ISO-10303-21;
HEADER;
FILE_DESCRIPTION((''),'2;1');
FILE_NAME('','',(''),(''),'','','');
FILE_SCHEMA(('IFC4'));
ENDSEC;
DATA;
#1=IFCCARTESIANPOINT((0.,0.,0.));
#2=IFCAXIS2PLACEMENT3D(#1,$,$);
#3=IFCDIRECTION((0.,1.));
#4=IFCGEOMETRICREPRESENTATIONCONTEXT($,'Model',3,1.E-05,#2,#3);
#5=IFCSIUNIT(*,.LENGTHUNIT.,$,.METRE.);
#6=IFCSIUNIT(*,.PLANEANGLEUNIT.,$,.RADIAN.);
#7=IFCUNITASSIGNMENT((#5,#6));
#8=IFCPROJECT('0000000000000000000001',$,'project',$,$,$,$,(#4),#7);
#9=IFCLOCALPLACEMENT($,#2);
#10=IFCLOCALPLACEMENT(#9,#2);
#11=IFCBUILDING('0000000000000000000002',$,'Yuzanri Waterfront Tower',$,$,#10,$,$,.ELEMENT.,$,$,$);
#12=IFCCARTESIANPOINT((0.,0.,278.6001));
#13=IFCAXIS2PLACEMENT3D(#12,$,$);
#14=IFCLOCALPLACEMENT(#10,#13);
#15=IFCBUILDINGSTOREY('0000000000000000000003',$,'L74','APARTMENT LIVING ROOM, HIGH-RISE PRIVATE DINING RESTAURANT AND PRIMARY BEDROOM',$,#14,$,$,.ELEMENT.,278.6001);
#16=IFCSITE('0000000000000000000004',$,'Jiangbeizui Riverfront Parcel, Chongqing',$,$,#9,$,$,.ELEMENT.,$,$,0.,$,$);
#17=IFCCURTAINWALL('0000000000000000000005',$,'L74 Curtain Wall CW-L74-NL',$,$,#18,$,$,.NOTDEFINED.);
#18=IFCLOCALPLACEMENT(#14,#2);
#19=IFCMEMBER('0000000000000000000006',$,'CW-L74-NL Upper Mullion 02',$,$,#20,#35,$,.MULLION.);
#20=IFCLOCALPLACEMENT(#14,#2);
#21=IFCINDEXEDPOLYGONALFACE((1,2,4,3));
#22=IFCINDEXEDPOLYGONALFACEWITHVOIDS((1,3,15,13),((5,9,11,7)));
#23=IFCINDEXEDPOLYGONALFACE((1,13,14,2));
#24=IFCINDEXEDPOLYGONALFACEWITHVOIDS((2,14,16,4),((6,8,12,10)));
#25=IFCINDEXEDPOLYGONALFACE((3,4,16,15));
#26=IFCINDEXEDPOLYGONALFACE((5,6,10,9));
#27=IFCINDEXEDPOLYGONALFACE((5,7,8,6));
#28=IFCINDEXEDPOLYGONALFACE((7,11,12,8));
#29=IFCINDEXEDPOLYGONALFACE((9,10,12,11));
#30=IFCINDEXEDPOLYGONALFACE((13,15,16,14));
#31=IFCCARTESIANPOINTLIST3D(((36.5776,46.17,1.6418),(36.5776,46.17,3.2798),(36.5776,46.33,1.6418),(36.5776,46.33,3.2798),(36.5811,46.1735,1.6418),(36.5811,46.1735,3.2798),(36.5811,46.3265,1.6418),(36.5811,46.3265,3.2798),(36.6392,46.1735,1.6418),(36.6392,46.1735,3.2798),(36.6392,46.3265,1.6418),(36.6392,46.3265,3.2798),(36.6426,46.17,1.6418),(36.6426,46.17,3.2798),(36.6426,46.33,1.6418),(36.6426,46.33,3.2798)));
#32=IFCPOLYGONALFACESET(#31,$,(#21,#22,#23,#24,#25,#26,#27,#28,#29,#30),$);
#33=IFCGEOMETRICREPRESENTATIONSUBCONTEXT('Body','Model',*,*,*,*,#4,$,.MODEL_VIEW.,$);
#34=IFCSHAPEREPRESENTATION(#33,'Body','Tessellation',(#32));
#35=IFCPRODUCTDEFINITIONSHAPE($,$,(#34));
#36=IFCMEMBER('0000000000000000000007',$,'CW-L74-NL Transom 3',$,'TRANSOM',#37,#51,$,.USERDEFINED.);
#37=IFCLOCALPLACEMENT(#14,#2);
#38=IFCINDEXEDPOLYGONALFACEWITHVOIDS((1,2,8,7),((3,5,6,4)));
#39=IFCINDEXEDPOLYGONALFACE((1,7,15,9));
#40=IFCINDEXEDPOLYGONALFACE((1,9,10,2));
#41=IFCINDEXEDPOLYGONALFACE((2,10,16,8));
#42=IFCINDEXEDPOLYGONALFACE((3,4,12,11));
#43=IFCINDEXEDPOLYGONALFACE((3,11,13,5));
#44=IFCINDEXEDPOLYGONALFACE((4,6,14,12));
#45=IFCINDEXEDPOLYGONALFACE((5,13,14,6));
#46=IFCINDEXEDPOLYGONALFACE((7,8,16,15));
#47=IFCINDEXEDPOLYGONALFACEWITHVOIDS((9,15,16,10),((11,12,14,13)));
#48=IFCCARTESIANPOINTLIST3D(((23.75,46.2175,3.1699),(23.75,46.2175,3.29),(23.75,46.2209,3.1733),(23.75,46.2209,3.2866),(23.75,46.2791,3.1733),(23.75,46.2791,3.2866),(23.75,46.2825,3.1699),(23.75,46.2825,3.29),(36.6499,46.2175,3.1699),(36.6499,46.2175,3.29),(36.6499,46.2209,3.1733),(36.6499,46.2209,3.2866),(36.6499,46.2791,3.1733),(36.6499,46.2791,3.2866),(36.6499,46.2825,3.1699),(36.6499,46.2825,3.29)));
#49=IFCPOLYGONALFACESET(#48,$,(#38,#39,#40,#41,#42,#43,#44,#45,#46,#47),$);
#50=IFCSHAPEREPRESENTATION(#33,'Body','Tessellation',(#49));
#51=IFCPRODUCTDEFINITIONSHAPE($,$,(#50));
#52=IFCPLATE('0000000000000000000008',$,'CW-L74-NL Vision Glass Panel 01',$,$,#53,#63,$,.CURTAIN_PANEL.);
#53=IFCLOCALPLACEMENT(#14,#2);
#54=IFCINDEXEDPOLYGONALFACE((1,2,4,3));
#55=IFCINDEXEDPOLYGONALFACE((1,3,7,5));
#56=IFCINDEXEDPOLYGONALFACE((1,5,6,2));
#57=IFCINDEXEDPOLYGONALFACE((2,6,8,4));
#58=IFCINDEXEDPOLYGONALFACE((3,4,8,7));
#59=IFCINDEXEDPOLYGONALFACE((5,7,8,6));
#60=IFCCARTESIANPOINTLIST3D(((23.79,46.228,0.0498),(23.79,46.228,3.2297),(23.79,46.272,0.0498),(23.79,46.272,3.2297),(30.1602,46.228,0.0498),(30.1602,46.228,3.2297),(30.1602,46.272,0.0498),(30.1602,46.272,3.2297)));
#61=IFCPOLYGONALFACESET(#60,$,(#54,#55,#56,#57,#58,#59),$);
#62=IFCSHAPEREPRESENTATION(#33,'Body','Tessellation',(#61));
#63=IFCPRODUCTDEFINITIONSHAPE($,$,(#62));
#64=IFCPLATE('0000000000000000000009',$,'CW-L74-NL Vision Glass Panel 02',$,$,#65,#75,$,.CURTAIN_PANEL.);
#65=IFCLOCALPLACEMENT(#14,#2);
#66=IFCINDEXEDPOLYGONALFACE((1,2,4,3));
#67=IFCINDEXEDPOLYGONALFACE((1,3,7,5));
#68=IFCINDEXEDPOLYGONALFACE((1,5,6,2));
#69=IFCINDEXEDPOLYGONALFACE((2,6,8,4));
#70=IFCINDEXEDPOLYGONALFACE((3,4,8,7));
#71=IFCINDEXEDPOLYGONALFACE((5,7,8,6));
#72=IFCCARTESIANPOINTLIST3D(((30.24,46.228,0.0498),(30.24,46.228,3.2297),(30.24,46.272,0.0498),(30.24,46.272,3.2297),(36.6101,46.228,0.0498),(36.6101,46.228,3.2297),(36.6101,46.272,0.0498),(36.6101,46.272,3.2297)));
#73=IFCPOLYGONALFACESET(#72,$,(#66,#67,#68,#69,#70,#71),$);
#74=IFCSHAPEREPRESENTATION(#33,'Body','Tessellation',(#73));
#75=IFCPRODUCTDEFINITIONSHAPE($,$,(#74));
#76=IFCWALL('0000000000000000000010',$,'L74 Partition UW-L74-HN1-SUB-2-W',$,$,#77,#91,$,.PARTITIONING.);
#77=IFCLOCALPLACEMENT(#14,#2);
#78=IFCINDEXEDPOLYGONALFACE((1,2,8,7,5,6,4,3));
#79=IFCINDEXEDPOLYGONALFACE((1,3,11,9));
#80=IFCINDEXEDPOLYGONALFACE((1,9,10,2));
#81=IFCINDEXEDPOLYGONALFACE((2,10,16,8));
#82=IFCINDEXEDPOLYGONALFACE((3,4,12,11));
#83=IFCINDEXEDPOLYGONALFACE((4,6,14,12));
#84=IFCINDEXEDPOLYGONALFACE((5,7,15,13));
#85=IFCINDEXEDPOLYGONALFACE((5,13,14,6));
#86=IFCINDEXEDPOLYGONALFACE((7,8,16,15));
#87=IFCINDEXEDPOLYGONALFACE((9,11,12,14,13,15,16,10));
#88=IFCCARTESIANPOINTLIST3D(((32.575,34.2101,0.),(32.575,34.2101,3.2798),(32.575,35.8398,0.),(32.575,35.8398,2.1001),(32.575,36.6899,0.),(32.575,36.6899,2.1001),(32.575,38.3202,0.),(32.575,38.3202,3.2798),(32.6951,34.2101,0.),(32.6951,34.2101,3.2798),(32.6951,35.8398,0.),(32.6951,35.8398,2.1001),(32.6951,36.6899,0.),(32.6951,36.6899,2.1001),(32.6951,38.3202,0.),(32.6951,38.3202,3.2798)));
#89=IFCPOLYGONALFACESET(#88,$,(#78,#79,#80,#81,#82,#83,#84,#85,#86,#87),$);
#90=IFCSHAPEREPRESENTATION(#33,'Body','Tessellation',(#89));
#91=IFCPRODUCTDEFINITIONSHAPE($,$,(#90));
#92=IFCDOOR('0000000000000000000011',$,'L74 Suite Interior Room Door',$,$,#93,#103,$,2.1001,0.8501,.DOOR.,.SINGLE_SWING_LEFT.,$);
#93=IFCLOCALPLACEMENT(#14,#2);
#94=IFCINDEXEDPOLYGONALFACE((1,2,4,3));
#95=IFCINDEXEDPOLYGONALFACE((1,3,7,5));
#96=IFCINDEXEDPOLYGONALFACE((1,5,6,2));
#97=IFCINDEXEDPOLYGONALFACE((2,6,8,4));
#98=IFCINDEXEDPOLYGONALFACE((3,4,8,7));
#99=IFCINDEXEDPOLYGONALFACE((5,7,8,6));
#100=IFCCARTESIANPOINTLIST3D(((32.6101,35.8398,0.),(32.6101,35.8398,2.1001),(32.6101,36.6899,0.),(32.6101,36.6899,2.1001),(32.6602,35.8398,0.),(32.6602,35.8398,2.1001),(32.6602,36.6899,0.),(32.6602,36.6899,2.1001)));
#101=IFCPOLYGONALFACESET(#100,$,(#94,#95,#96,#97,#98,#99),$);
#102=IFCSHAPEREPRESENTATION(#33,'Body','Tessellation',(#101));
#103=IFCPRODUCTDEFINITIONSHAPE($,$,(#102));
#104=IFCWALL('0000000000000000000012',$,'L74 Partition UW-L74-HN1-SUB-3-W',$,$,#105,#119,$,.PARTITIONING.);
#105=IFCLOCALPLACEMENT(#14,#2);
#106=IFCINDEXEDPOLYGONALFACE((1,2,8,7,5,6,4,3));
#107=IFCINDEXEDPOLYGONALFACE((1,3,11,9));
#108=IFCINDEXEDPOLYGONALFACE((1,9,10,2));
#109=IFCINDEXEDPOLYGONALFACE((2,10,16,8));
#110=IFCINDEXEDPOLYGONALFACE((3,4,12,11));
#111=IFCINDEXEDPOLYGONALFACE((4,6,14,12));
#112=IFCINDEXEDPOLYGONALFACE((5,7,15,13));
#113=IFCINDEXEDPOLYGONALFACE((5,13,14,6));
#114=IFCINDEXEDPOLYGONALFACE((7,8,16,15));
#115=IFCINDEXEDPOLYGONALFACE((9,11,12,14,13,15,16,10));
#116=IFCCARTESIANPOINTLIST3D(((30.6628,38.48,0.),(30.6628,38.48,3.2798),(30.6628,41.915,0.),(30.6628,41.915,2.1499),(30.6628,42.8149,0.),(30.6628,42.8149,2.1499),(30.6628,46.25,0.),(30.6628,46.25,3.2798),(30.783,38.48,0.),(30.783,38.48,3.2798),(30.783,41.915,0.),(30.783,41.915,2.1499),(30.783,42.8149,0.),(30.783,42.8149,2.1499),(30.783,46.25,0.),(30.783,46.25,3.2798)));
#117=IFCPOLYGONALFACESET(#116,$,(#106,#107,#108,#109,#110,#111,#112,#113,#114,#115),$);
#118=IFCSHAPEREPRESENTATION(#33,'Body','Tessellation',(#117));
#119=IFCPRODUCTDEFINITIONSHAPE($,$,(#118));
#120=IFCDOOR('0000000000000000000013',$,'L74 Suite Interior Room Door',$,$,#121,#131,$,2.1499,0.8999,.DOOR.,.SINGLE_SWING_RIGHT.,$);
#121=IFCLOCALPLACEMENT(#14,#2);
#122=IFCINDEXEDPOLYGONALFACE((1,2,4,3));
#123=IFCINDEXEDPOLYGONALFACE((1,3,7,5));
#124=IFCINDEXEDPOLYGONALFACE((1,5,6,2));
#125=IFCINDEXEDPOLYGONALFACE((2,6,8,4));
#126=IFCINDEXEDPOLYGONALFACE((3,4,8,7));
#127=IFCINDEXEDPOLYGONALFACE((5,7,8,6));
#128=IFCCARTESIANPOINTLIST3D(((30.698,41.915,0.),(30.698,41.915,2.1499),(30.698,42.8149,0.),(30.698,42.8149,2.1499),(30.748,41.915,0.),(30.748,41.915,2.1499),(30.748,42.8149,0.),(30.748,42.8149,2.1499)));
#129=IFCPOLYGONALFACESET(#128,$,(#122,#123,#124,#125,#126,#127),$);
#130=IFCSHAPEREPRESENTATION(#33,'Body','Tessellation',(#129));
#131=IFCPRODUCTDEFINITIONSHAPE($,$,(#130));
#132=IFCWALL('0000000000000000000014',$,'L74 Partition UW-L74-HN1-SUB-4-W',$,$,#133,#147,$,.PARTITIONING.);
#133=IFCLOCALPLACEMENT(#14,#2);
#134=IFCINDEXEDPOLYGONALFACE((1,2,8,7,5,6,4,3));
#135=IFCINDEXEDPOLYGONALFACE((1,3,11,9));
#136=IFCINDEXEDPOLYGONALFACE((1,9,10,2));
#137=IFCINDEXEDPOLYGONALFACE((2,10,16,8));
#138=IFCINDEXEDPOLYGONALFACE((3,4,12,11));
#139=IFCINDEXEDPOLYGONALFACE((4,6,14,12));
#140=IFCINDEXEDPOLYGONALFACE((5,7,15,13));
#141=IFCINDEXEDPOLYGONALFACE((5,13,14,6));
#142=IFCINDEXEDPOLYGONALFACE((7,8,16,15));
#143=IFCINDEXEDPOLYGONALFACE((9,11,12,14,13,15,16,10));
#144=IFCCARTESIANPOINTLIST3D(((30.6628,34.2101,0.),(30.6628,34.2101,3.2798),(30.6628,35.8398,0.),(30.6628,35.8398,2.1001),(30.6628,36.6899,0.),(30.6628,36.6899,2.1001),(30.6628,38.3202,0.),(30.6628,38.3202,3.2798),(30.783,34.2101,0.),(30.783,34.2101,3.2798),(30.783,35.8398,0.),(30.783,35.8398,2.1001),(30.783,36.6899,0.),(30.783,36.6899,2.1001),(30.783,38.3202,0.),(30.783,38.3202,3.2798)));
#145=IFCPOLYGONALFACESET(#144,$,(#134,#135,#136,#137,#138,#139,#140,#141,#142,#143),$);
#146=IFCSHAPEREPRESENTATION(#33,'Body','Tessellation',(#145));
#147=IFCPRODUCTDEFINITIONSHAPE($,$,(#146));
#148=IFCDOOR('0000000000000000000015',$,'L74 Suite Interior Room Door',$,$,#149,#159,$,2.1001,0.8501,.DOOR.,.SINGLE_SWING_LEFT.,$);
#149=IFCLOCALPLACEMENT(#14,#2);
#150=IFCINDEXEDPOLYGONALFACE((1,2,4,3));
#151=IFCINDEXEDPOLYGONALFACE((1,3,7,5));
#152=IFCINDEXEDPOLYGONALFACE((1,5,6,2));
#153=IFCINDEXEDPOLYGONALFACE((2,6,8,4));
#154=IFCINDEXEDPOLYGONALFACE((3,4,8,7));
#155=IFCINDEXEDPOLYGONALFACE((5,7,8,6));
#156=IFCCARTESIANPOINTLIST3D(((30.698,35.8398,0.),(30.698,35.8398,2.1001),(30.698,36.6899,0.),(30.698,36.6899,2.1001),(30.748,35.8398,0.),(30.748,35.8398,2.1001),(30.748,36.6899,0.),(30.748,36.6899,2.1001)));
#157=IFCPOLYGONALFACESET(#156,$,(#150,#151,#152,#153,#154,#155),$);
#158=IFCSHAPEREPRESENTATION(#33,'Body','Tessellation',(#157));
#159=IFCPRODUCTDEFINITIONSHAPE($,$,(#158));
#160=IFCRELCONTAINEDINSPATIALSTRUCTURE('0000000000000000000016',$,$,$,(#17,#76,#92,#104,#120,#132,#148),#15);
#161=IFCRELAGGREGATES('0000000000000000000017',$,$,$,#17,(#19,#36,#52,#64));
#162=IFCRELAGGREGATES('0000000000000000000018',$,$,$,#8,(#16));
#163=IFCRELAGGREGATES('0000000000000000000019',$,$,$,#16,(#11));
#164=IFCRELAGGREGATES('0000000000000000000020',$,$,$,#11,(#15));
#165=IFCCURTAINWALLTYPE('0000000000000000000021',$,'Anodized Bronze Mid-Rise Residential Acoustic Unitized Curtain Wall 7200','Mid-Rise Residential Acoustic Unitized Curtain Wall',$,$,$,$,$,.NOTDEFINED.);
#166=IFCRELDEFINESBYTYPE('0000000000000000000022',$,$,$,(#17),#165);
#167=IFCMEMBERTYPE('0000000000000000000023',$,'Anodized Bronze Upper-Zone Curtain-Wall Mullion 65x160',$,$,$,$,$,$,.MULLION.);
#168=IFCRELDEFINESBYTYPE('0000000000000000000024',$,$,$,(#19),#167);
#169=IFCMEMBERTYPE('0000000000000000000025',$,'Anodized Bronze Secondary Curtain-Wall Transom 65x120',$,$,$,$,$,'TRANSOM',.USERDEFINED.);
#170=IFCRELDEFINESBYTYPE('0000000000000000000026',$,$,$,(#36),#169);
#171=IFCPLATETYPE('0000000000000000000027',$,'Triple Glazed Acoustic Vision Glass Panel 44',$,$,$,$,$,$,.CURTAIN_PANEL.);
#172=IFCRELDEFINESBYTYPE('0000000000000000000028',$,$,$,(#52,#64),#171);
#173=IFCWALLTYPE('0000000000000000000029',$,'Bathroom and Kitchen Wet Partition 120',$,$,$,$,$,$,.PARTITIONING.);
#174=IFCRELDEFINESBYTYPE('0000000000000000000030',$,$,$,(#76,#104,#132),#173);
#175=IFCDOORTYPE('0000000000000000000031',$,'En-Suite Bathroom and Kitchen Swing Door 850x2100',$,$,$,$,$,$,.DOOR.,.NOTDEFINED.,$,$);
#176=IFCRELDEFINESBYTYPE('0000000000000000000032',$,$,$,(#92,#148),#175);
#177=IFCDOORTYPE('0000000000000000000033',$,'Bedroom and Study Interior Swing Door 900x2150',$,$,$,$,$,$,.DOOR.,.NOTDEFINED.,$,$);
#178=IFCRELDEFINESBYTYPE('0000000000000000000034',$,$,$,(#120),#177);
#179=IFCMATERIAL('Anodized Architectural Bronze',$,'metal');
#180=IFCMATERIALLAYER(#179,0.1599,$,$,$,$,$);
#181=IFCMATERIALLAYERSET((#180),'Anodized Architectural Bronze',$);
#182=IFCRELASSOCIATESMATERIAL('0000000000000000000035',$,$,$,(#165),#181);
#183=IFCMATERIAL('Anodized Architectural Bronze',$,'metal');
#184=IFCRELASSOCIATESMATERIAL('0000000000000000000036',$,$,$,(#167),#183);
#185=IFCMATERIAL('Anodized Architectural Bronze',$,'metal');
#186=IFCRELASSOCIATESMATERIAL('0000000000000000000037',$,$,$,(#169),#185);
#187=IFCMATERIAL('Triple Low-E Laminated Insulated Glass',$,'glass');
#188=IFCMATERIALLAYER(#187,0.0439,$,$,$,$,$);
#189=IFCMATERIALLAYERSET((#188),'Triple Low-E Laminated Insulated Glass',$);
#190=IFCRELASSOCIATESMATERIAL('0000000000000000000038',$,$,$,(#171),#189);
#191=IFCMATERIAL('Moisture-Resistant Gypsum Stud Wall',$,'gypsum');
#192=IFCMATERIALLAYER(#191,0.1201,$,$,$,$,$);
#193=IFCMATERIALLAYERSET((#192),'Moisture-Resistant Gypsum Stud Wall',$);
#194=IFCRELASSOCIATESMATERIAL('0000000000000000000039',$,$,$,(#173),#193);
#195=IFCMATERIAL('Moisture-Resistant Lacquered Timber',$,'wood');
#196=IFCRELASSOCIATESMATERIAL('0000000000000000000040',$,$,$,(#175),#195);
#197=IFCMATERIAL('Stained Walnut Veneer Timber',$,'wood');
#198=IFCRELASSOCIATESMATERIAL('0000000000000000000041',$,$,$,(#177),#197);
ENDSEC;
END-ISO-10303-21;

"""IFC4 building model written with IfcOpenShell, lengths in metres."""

from ifc_helpers import new_model, si_unit, direction, frame, frame_2d, origin, origin_2d, place, context, subcontext, project, spatial, rectangle, hollow_rectangle, extrude, source, transform, mapped, material, layer, layer_set, material_profile, profile_set, type_object, element, fill, aggregate, save


model = new_model("IFC4")

# Units and contexts
model_context = context("Model", 3, precision=1e-05, world=origin(), true_north=direction((0.0, 1.0)))
body_context = subcontext(model_context, "Body", "Model", "MODEL_VIEW")
ifc_project = project(units=[si_unit("LENGTHUNIT", "METRE"), si_unit("PLANEANGLEUNIT", "RADIAN")], contexts=[model_context])

# Site, building, storey
site_placement = place(None, origin())
site = spatial("IfcSite", under=ifc_project, at=site_placement, Name="Jiangbeizui Riverfront Parcel, Chongqing", CompositionType="ELEMENT", RefElevation=0.0)
building_placement = place(site_placement, origin())
building = spatial("IfcBuilding", under=site, at=building_placement, Name="Yuzanri Waterfront Tower", CompositionType="ELEMENT")
storey_placement = place(building_placement, frame((0.0, 0.0, 278.6001)))
storey = spatial("IfcBuildingStorey", under=building, at=storey_placement, Name="L74", Description="APARTMENT LIVING ROOM, HIGH-RISE PRIVATE DINING RESTAURANT AND PRIMARY BEDROOM", CompositionType="ELEMENT", Elevation=278.6001)

# Curtain wall, members, plates
ifc_material_1 = material(Name="Anodized Architectural Bronze", Category="metal")
ifc_layer_1 = layer(ifc_material_1, 0.1599)
ifc_layer_set_1 = layer_set([ifc_layer_1], Name="Anodized Architectural Bronze")
curtain_wall_type = type_object("IfcCurtainWallType", Name="Anodized Bronze Mid-Rise Residential Acoustic Unitized Curtain Wall 7200", Description="Mid-Rise Residential Acoustic Unitized Curtain Wall", PredefinedType="NOTDEFINED", material=ifc_layer_set_1)
curtain_wall_placement = place(storey_placement, origin())
curtain_wall = element("IfcCurtainWall", 1, at=curtain_wall_placement, inside=storey, type_object=curtain_wall_type, Name="L74 Curtain Wall CW-L74-NL", PredefinedType="NOTDEFINED")
ifc_material_2 = material(Name="Anodized Architectural Bronze", Category="metal")
ifc_material_profile_1 = material_profile(ifc_material_2, hollow_rectangle(XDim=0.0649, YDim=0.1599, WallThickness=0.0034, at=origin_2d()), Name="CWM 65x160")
ifc_profile_set_1 = profile_set([ifc_material_profile_1], Name="Anodized Architectural Bronze")
member_type_1 = type_object("IfcMemberType", Name="Anodized Bronze Upper-Zone Curtain-Wall Mullion 65x160", PredefinedType="MULLION", material=ifc_profile_set_1)
shared_shape_1 = source(origin(), body_context, "Body", "SweptSolid", [
    extrude(hollow_rectangle(XDim=0.0649, YDim=0.1599, WallThickness=0.0034, at=origin_2d()), origin(), (0.0, 0.0, 1.0), 1.6379),
])
member_1_placement = place(storey_placement, frame((36.6101, 46.25, 1.6418), z_axis=(0.0, 0.0, 1.0), x_axis=(1.0, 0.0, 0.0)))
member_1 = element("IfcMember", 2, at=member_1_placement, type_object=member_type_1, Name="CW-L74-NL Upper Mullion 02", PredefinedType="MULLION", context=body_context, shape_type="MappedRepresentation", body=[
    mapped(shared_shape_1, transform((0.0, 0.0, 0.0), scale=1.0)),
])
ifc_material_3 = material(Name="Anodized Architectural Bronze", Category="metal")
ifc_material_profile_2 = material_profile(ifc_material_3, hollow_rectangle(XDim=0.0649, YDim=0.1201, WallThickness=0.0034, at=origin_2d()), Name="CWT 65x120")
ifc_profile_set_2 = profile_set([ifc_material_profile_2], Name="Anodized Architectural Bronze")
member_type_2 = type_object("IfcMemberType", Name="Anodized Bronze Secondary Curtain-Wall Transom 65x120", ElementType="TRANSOM", PredefinedType="USERDEFINED", material=ifc_profile_set_2)
shared_shape_2 = source(origin(), body_context, "Body", "SweptSolid", [
    extrude(hollow_rectangle(XDim=0.0649, YDim=0.1201, WallThickness=0.0034, at=origin_2d()), origin(), (0.0, 0.0, 1.0), 12.8999),
])
member_2_placement = place(storey_placement, frame((23.75, 46.25, 3.23), z_axis=(1.0, 0.0, 0.0), x_axis=(0.0, 1.0, 0.0)))
member_2 = element("IfcMember", 3, at=member_2_placement, type_object=member_type_2, Name="CW-L74-NL Transom 3", ObjectType="TRANSOM", PredefinedType="USERDEFINED", context=body_context, shape_type="MappedRepresentation", body=[
    mapped(shared_shape_2, transform((0.0, 0.0, 0.0), scale=1.0)),
])
ifc_material_4 = material(Name="Triple Low-E Laminated Insulated Glass", Category="glass")
ifc_layer_2 = layer(ifc_material_4, 0.0439)
ifc_layer_set_2 = layer_set([ifc_layer_2], Name="Triple Low-E Laminated Insulated Glass")
plate_type = type_object("IfcPlateType", Name="Triple Glazed Acoustic Vision Glass Panel 44", PredefinedType="CURTAIN_PANEL", material=ifc_layer_set_2)
shared_shape_3 = source(origin(), body_context, "Body", "SweptSolid", [
    extrude(rectangle(XDim=6.3701, YDim=0.0439, at=origin_2d()), origin(), (0.0, 0.0, 1.0), 3.1799),
])
plate_1_placement = place(storey_placement, frame((26.9751, 46.25, 0.0498), z_axis=(0.0, 0.0, 1.0), x_axis=(1.0, 0.0, 0.0)))
plate_1 = element("IfcPlate", 4, at=plate_1_placement, type_object=plate_type, Name="CW-L74-NL Vision Glass Panel 01", PredefinedType="CURTAIN_PANEL", context=body_context, shape_type="MappedRepresentation", body=[
    mapped(shared_shape_3, transform((0.0, 0.0, 0.0), scale=1.0)),
])
plate_2_placement = place(storey_placement, frame((33.425, 46.25, 0.0498), z_axis=(0.0, 0.0, 1.0), x_axis=(1.0, 0.0, 0.0)))
plate_2 = element("IfcPlate", 5, at=plate_2_placement, type_object=plate_type, Name="CW-L74-NL Vision Glass Panel 02", PredefinedType="CURTAIN_PANEL", context=body_context, shape_type="MappedRepresentation", body=[
    mapped(shared_shape_3, transform((0.0, 0.0, 0.0), scale=1.0)),
])
aggregate(curtain_wall, [member_1, member_2, plate_1, plate_2])

# Walls, openings, doors
ifc_material_5 = material(Name="Moisture-Resistant Gypsum Stud Wall", Category="gypsum")
ifc_layer_3 = layer(ifc_material_5, 0.1201)
ifc_layer_set_3 = layer_set([ifc_layer_3], Name="Moisture-Resistant Gypsum Stud Wall")
wall_type_1 = type_object("IfcWallType", Name="Bathroom and Kitchen Wet Partition 120", PredefinedType="PARTITIONING", material=ifc_layer_set_3)
wall_1_placement = place(storey_placement, frame((32.635, 34.21, 0.0), z_axis=(0.0, 0.0, 1.0), x_axis=(0.0, 1.0, 0.0)))
wall_1 = element("IfcWall", 6, at=wall_1_placement, inside=storey, type_object=wall_type_1, Name="L74 Partition UW-L74-HN1-SUB-2-W", PredefinedType="PARTITIONING", context=body_context, shape_type="SweptSolid", body=[
    extrude(rectangle(XDim=4.1101, YDim=0.1201, at=frame_2d((2.0552, 0.0))), origin(), (0.0, 0.0, 1.0), 3.2798),
])
opening_1_placement = place(wall_1_placement, frame((1.6299, 0.0, 0.0)))
opening_1 = element("IfcOpeningElement", 7, at=opening_1_placement, cuts=wall_1, PredefinedType="OPENING", context=body_context, shape_type="SweptSolid", body=[
    extrude(rectangle(XDim=0.8501, YDim=2.1001, at=frame_2d((0.425, 1.05))), frame((0.0, 0.075, 0.0), z_axis=(0.0, -1.0, 0.0), x_axis=(1.0, 0.0, 0.0)), (0.0, 0.0, 1.0), 0.1499),
])
ifc_material_6 = material(Name="Moisture-Resistant Lacquered Timber", Category="wood")
door_type_1 = type_object("IfcDoorType", Name="En-Suite Bathroom and Kitchen Swing Door 850x2100", OperationType="NOTDEFINED", PredefinedType="DOOR", material=ifc_material_6)
shared_shape_4 = source(origin(), body_context, "Body", "SweptSolid", [
    extrude(rectangle(XDim=0.8501, YDim=2.1001, at=frame_2d((0.425, 1.05))), frame((0.0, 0.0249, 0.0), z_axis=(0.0, -1.0, 0.0), x_axis=(1.0, 0.0, 0.0)), (0.0, 0.0, 1.0), 0.05),
])
door_1_placement = place(opening_1_placement, origin())
door_1 = element("IfcDoor", 8, at=door_1_placement, inside=storey, type_object=door_type_1, Name="L74 Suite Interior Room Door", OperationType="SINGLE_SWING_LEFT", OverallHeight=2.1001, OverallWidth=0.8501, PredefinedType="DOOR", context=body_context, shape_type="MappedRepresentation", body=[
    mapped(shared_shape_4, transform((0.0, 0.0, 0.0), scale=1.0)),
])
fill(opening_1, door_1)
wall_2_placement = place(storey_placement, frame((30.7229, 38.48, 0.0), z_axis=(0.0, 0.0, 1.0), x_axis=(0.0, 1.0, 0.0)))
wall_2 = element("IfcWall", 9, at=wall_2_placement, inside=storey, type_object=wall_type_1, Name="L74 Partition UW-L74-HN1-SUB-3-W", PredefinedType="PARTITIONING", context=body_context, shape_type="SweptSolid", body=[
    extrude(rectangle(XDim=7.77, YDim=0.1201, at=frame_2d((3.885, 0.0))), origin(), (0.0, 0.0, 1.0), 3.2798),
])
opening_2_placement = place(wall_2_placement, frame((3.4351, 0.0, 0.0)))
opening_2 = element("IfcOpeningElement", 10, at=opening_2_placement, cuts=wall_2, PredefinedType="OPENING", context=body_context, shape_type="SweptSolid", body=[
    extrude(rectangle(XDim=0.8999, YDim=2.1499, at=frame_2d((0.45, 1.075))), frame((0.0, 0.075, 0.0), z_axis=(0.0, -1.0, 0.0), x_axis=(1.0, 0.0, 0.0)), (0.0, 0.0, 1.0), 0.1499),
])
ifc_material_7 = material(Name="Stained Walnut Veneer Timber", Category="wood")
door_type_2 = type_object("IfcDoorType", Name="Bedroom and Study Interior Swing Door 900x2150", OperationType="NOTDEFINED", PredefinedType="DOOR", material=ifc_material_7)
shared_shape_5 = source(origin(), body_context, "Body", "SweptSolid", [
    extrude(rectangle(XDim=0.8999, YDim=2.1499, at=frame_2d((0.45, 1.075))), frame((0.0, 0.0249, 0.0), z_axis=(0.0, -1.0, 0.0), x_axis=(1.0, 0.0, 0.0)), (0.0, 0.0, 1.0), 0.05),
])
door_2_placement = place(opening_2_placement, origin())
door_2 = element("IfcDoor", 11, at=door_2_placement, inside=storey, type_object=door_type_2, Name="L74 Suite Interior Room Door", OperationType="SINGLE_SWING_RIGHT", OverallHeight=2.1499, OverallWidth=0.8999, PredefinedType="DOOR", context=body_context, shape_type="MappedRepresentation", body=[
    mapped(shared_shape_5, transform((0.0, 0.0, 0.0), scale=1.0)),
])
fill(opening_2, door_2)
wall_3_placement = place(storey_placement, frame((30.7229, 34.21, 0.0), z_axis=(0.0, 0.0, 1.0), x_axis=(0.0, 1.0, 0.0)))
wall_3 = element("IfcWall", 12, at=wall_3_placement, inside=storey, type_object=wall_type_1, Name="L74 Partition UW-L74-HN1-SUB-4-W", PredefinedType="PARTITIONING", context=body_context, shape_type="SweptSolid", body=[
    extrude(rectangle(XDim=4.1101, YDim=0.1201, at=frame_2d((2.0552, 0.0))), origin(), (0.0, 0.0, 1.0), 3.2798),
])
opening_3_placement = place(wall_3_placement, frame((1.6299, 0.0, 0.0)))
opening_3 = element("IfcOpeningElement", 13, at=opening_3_placement, cuts=wall_3, PredefinedType="OPENING", context=body_context, shape_type="SweptSolid", body=[
    extrude(rectangle(XDim=0.8501, YDim=2.1001, at=frame_2d((0.425, 1.05))), frame((0.0, 0.075, 0.0), z_axis=(0.0, -1.0, 0.0), x_axis=(1.0, 0.0, 0.0)), (0.0, 0.0, 1.0), 0.1499),
])
door_3_placement = place(opening_3_placement, origin())
door_3 = element("IfcDoor", 14, at=door_3_placement, inside=storey, type_object=door_type_1, Name="L74 Suite Interior Room Door", OperationType="SINGLE_SWING_LEFT", OverallHeight=2.1001, OverallWidth=0.8501, PredefinedType="DOOR", context=body_context, shape_type="MappedRepresentation", body=[
    mapped(shared_shape_4, transform((0.0, 0.0, 0.0), scale=1.0)),
])
fill(opening_3, door_3)

save(model, "model.ifc")
